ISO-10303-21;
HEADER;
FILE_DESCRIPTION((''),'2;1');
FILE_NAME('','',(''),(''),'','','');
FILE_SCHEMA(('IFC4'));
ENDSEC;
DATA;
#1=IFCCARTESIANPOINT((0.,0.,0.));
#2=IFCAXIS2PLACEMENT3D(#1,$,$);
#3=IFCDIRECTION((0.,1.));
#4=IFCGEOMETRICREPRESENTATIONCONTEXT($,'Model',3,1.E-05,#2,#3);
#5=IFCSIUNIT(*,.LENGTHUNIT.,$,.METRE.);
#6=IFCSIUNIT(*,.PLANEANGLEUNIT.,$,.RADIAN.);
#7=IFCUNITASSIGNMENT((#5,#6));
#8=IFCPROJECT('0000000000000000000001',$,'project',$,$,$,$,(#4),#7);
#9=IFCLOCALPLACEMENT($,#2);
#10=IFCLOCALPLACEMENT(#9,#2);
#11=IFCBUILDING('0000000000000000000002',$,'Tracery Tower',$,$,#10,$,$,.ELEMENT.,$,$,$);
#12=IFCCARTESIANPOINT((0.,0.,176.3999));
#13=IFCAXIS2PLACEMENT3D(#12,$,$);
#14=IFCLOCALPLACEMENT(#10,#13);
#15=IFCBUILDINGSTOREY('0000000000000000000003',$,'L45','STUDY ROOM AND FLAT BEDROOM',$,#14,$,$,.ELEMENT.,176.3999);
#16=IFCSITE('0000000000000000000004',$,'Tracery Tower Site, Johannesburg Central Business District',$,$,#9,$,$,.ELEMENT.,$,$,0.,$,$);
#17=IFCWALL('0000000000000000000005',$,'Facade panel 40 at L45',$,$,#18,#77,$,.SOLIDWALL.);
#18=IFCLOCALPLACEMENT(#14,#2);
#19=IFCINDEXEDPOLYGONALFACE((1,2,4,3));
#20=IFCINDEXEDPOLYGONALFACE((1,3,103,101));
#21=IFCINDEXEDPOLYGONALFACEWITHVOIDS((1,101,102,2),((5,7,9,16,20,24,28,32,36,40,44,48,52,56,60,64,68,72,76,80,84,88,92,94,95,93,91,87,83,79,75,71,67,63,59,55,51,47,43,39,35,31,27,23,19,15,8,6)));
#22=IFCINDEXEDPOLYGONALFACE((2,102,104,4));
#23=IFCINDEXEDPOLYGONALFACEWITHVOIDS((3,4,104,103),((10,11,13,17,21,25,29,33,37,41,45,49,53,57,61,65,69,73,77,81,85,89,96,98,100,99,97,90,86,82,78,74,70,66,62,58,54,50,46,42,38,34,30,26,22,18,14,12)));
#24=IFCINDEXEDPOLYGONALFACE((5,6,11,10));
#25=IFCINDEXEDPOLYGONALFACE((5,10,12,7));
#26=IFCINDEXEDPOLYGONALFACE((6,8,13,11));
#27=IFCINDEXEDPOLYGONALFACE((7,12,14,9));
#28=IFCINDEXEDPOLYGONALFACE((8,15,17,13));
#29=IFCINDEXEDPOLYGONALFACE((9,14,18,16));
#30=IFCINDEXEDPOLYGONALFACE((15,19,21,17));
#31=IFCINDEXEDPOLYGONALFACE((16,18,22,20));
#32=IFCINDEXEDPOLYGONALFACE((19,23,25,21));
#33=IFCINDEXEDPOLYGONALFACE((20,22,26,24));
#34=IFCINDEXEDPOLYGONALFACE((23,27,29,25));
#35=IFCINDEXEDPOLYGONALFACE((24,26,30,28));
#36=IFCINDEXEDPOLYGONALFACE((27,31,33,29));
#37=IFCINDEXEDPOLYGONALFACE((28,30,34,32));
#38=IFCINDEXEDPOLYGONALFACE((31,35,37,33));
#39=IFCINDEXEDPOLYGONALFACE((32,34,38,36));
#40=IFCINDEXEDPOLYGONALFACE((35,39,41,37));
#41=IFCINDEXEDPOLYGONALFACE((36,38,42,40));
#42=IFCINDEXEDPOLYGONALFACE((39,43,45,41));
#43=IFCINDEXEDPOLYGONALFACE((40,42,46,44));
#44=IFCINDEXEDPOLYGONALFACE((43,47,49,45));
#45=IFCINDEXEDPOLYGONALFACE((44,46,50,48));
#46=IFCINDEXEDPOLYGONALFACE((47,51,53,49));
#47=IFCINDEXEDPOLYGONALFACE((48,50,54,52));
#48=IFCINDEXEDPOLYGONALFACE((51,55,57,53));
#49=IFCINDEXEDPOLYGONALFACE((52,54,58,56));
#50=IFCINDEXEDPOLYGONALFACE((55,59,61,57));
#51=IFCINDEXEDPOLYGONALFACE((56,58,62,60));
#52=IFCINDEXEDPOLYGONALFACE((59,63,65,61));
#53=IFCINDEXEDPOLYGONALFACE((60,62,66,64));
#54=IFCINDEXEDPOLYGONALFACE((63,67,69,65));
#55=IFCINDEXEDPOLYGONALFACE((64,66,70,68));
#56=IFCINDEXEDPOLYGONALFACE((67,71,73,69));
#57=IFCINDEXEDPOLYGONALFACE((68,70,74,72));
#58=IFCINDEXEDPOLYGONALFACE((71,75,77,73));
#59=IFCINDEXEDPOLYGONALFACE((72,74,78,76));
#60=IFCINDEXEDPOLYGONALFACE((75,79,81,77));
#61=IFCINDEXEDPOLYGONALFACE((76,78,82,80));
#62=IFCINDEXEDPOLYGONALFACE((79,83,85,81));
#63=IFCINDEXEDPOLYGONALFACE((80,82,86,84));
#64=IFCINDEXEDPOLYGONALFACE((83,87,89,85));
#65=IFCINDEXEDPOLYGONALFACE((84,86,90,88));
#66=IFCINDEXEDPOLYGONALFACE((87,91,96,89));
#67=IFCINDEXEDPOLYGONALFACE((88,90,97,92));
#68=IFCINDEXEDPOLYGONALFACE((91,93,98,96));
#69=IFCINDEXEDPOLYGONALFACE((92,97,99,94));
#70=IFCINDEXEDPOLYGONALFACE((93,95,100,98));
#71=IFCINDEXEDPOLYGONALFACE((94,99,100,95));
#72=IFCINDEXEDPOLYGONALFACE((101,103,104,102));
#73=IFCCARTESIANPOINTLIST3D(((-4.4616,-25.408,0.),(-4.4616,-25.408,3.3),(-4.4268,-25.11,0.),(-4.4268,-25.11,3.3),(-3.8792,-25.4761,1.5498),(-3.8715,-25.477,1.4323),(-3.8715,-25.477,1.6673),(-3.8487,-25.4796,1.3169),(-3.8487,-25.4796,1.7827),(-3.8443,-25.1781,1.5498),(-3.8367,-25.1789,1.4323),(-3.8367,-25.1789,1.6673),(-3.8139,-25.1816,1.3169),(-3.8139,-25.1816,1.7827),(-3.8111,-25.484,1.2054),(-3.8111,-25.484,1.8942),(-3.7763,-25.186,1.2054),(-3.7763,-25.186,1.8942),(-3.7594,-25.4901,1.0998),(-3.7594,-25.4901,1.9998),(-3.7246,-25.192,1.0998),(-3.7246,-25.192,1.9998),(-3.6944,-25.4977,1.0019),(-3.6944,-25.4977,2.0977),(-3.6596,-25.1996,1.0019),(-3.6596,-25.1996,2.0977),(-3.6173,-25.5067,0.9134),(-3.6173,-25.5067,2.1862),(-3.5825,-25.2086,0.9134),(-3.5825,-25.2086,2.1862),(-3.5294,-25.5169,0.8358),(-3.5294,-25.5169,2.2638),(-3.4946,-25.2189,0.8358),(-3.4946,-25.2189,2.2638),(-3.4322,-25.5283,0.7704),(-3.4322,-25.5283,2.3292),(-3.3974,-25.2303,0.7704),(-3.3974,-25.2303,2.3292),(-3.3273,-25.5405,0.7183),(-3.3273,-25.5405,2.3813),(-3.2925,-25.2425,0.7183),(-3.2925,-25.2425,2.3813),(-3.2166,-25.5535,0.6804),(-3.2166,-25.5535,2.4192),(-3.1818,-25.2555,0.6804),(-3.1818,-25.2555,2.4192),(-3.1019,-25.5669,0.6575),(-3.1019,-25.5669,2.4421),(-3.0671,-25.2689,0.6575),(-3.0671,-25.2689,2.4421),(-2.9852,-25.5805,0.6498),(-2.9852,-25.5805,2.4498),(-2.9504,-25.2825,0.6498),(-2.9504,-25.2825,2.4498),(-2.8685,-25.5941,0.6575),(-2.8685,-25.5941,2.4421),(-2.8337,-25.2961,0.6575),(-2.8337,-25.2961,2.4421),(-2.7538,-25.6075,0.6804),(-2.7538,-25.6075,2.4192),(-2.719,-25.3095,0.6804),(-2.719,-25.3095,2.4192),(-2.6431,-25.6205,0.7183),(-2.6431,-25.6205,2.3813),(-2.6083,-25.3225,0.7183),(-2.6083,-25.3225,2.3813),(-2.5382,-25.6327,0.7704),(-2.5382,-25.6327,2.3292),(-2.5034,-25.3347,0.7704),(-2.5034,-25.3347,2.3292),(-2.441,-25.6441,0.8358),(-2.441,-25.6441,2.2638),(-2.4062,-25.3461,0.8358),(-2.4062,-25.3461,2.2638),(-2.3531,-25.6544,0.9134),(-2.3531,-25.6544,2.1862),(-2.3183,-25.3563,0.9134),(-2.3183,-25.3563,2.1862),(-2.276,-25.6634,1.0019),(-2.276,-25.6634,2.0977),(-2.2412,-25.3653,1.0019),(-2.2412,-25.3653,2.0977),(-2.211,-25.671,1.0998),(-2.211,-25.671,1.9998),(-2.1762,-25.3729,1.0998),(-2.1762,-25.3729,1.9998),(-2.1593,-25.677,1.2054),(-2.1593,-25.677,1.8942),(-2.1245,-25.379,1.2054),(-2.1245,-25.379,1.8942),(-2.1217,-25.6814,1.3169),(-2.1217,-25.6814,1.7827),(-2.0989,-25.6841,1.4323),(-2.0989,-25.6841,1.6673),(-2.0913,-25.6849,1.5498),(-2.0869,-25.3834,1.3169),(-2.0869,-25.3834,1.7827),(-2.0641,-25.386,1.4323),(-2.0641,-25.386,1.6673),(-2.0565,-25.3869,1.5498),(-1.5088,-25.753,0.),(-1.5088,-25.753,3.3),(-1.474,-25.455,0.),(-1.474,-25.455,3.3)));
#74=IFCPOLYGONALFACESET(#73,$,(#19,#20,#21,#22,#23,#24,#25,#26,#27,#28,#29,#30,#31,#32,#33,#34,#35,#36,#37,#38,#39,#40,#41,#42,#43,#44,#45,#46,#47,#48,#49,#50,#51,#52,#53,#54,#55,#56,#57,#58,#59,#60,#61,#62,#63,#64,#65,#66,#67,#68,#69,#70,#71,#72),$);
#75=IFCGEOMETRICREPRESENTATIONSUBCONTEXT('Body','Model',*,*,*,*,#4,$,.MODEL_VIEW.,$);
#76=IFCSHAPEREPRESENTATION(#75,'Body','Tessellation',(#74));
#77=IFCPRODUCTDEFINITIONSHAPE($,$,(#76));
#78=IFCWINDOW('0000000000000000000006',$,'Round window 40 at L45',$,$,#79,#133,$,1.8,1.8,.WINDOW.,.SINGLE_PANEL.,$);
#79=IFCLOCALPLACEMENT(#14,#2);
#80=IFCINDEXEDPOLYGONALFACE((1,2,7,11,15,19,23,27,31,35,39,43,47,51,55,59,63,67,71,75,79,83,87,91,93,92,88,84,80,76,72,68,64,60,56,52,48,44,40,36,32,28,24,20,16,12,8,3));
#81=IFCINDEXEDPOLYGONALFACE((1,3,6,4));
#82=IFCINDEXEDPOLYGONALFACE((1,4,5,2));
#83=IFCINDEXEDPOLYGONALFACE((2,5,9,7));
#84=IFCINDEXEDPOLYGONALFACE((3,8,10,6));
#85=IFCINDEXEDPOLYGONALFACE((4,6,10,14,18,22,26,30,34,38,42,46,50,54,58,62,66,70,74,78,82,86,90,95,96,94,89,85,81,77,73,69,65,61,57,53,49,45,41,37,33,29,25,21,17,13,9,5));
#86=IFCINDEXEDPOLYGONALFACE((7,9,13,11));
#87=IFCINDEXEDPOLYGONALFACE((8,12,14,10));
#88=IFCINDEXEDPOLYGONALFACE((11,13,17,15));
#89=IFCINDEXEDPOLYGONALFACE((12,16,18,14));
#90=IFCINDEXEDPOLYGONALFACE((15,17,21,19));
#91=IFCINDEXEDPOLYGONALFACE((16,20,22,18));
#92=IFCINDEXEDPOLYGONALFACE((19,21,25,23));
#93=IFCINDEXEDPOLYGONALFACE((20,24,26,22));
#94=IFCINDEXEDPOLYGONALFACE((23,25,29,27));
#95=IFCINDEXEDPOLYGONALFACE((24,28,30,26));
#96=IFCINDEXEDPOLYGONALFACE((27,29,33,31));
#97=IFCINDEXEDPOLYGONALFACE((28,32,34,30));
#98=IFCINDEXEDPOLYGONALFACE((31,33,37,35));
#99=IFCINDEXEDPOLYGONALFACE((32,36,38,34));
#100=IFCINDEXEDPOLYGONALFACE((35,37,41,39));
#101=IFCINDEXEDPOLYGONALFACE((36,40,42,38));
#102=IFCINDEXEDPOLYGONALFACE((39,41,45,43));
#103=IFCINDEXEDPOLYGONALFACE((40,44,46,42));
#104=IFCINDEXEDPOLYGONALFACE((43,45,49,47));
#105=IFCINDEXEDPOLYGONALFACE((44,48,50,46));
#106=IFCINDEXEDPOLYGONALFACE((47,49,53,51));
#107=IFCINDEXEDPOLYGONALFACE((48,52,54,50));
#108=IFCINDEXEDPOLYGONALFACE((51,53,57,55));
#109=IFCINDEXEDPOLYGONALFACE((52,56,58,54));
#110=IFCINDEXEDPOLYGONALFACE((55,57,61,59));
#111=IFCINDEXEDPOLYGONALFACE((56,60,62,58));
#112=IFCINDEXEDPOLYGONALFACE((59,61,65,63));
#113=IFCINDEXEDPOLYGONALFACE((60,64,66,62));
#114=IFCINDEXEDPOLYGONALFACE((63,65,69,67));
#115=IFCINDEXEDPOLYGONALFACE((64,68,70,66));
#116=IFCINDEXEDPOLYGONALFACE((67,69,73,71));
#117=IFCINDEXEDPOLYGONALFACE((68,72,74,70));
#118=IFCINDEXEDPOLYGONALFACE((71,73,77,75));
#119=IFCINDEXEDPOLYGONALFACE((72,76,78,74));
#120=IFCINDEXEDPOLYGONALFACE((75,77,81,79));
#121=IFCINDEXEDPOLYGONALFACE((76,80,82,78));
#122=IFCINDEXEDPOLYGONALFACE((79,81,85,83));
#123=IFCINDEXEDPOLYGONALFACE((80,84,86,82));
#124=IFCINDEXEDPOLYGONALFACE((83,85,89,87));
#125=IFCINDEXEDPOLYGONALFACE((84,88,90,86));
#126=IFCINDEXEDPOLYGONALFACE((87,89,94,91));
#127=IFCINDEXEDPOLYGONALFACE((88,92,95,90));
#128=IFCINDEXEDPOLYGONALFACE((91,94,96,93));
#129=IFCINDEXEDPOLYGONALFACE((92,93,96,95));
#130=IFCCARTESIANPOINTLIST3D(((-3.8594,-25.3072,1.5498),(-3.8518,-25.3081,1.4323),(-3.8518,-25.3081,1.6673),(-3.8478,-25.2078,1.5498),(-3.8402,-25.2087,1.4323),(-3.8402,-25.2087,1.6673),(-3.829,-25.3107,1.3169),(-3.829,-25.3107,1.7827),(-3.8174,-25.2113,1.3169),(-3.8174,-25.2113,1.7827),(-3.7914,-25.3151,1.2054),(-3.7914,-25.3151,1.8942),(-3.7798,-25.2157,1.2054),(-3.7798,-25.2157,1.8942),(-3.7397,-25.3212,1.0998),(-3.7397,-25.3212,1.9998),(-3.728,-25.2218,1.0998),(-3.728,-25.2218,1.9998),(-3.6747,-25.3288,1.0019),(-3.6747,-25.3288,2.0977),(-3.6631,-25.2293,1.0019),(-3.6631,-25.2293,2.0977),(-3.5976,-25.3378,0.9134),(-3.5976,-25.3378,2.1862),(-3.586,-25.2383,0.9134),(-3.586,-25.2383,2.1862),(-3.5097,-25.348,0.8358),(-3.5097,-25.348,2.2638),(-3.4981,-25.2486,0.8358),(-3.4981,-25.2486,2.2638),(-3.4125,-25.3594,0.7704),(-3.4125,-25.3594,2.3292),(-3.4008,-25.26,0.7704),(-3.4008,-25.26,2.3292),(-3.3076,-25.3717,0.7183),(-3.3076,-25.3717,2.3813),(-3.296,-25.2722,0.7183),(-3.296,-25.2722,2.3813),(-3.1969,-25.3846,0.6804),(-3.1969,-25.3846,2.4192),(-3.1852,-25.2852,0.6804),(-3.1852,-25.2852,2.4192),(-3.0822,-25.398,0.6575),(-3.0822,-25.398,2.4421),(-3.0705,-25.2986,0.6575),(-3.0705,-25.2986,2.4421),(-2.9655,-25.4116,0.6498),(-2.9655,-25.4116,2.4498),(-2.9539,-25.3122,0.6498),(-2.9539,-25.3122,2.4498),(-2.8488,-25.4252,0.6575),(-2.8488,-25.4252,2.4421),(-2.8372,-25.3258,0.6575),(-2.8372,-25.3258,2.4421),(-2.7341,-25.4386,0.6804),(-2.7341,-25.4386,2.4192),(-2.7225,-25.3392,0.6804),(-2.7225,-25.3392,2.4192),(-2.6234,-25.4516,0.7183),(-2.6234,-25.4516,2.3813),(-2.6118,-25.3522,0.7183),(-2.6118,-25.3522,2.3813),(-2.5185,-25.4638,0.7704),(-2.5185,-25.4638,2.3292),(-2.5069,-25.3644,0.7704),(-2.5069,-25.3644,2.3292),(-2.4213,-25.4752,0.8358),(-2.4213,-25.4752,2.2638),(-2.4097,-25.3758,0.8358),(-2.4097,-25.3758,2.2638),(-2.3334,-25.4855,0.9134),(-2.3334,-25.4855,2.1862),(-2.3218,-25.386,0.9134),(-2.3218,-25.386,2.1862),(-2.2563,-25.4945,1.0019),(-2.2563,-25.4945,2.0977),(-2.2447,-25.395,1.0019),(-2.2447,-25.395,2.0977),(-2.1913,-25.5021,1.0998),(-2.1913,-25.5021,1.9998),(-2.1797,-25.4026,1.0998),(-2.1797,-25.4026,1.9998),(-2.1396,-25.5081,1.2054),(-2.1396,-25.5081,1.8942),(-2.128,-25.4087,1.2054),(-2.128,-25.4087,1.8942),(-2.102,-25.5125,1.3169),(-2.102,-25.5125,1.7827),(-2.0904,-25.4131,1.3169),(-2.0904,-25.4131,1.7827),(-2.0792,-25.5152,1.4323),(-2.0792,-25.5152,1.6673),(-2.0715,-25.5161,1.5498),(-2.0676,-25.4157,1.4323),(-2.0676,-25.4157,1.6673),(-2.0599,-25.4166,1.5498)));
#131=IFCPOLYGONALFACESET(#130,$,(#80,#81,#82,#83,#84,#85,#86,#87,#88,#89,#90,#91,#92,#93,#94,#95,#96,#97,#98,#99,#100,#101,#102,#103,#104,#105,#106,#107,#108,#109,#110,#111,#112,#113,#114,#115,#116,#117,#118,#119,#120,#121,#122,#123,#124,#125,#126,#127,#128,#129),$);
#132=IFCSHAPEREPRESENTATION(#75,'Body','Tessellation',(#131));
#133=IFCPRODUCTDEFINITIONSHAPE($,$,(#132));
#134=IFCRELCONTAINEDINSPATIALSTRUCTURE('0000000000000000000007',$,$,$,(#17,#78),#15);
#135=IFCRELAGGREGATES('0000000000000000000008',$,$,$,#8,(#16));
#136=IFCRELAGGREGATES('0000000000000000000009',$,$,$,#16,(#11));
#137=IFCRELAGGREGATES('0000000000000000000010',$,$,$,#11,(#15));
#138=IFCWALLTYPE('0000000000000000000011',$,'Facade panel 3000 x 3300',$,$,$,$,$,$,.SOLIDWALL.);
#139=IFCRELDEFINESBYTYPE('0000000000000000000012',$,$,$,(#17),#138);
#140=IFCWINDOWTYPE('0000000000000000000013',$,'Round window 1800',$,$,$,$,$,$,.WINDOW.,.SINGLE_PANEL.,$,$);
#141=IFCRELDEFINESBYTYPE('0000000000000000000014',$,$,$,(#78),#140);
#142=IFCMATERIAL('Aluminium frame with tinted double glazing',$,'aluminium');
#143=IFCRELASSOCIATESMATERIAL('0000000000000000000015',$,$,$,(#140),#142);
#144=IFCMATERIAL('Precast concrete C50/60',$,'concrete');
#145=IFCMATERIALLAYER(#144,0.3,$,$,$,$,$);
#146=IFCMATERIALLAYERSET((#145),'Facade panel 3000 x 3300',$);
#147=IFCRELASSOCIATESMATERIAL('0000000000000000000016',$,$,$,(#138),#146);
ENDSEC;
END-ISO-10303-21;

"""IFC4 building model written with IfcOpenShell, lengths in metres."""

from ifc_helpers import new_model, si_unit, direction, frame, frame_2d, origin, origin_2d, place, context, subcontext, project, spatial, rectangle, circle, extrude, material, layer, layer_set, type_object, element, fill, save


model = new_model("IFC4")

# Units and contexts
model_context = context("Model", 3, precision=1e-05, world=origin(), true_north=direction((0.0, 1.0)))
body_context = subcontext(model_context, "Body", "Model", "MODEL_VIEW")
ifc_project = project(units=[si_unit("LENGTHUNIT", "METRE"), si_unit("PLANEANGLEUNIT", "RADIAN")], contexts=[model_context])

# Site, building, storey
site_placement = place(None, origin())
site = spatial("IfcSite", under=ifc_project, at=site_placement, Name="Tracery Tower Site, Johannesburg Central Business District", CompositionType="ELEMENT", RefElevation=0.0)
building_placement = place(site_placement, origin())
building = spatial("IfcBuilding", under=site, at=building_placement, Name="Tracery Tower", CompositionType="ELEMENT")
storey_placement = place(building_placement, frame((0.0, 0.0, 176.3999)))
storey = spatial("IfcBuildingStorey", under=building, at=storey_placement, Name="L45", Description="STUDY ROOM AND FLAT BEDROOM", CompositionType="ELEMENT", Elevation=176.3999)

# Wall, opening, window
ifc_material_1 = material(Name="Aluminium frame with tinted double glazing", Category="aluminium")
window_type = type_object("IfcWindowType", Name="Round window 1800", PartitioningType="SINGLE_PANEL", PredefinedType="WINDOW", material=ifc_material_1)
ifc_material_2 = material(Name="Precast concrete C50/60", Category="concrete")
ifc_layer_1 = layer(ifc_material_2, 0.3)
ifc_layer_set_1 = layer_set([ifc_layer_1], Name="Facade panel 3000 x 3300")
wall_type_1 = type_object("IfcWallType", Name="Facade panel 3000 x 3300", PredefinedType="SOLIDWALL", material=ifc_layer_set_1)
wall_1_placement = place(storey_placement, frame((-4.4441, -25.259, 0.0), z_axis=(0.0, 0.0, 1.0), x_axis=(0.993245, -0.116036, 0.0)))
wall_1 = element("IfcWall", 1, at=wall_1_placement, inside=storey, type_object=wall_type_1, Name="Facade panel 40 at L45", PredefinedType="SOLIDWALL", context=body_context, shape_type="SweptSolid", body=[
    extrude(rectangle(XDim=2.9729, YDim=0.3, at=frame_2d((1.4863, 0.0))), origin(), (0.0, 0.0, 1.0), 3.3),
])
opening_1_placement = place(wall_1_placement, frame((1.4863, 0.0, 1.5498)))
opening_1 = element("IfcOpeningElement", 2, at=opening_1_placement, cuts=wall_1, PredefinedType="OPENING", context=body_context, shape_type="SweptSolid", body=[
    extrude(circle(Radius=0.9, at=origin_2d()), frame((0.0, 0.1599, 0.0), z_axis=(0.0, -1.0, 0.0), x_axis=(1.0, 0.0, 0.0)), (0.0, 0.0, 1.0), 0.3201),
])
window_1_placement = place(opening_1_placement, origin())
window_1 = element("IfcWindow", 3, at=window_1_placement, inside=storey, type_object=window_type, Name="Round window 40 at L45", OverallHeight=1.8, OverallWidth=1.8, PartitioningType="SINGLE_PANEL", PredefinedType="WINDOW", context=body_context, shape_type="SweptSolid", body=[
    extrude(circle(Radius=0.9, at=origin_2d()), frame((0.0, 0.1201, 0.0), z_axis=(0.0, -1.0, 0.0), x_axis=(1.0, 0.0, 0.0)), (0.0, 0.0, 1.0), 0.1001),
])
fill(opening_1, window_1)

save(model, "model.ifc")
